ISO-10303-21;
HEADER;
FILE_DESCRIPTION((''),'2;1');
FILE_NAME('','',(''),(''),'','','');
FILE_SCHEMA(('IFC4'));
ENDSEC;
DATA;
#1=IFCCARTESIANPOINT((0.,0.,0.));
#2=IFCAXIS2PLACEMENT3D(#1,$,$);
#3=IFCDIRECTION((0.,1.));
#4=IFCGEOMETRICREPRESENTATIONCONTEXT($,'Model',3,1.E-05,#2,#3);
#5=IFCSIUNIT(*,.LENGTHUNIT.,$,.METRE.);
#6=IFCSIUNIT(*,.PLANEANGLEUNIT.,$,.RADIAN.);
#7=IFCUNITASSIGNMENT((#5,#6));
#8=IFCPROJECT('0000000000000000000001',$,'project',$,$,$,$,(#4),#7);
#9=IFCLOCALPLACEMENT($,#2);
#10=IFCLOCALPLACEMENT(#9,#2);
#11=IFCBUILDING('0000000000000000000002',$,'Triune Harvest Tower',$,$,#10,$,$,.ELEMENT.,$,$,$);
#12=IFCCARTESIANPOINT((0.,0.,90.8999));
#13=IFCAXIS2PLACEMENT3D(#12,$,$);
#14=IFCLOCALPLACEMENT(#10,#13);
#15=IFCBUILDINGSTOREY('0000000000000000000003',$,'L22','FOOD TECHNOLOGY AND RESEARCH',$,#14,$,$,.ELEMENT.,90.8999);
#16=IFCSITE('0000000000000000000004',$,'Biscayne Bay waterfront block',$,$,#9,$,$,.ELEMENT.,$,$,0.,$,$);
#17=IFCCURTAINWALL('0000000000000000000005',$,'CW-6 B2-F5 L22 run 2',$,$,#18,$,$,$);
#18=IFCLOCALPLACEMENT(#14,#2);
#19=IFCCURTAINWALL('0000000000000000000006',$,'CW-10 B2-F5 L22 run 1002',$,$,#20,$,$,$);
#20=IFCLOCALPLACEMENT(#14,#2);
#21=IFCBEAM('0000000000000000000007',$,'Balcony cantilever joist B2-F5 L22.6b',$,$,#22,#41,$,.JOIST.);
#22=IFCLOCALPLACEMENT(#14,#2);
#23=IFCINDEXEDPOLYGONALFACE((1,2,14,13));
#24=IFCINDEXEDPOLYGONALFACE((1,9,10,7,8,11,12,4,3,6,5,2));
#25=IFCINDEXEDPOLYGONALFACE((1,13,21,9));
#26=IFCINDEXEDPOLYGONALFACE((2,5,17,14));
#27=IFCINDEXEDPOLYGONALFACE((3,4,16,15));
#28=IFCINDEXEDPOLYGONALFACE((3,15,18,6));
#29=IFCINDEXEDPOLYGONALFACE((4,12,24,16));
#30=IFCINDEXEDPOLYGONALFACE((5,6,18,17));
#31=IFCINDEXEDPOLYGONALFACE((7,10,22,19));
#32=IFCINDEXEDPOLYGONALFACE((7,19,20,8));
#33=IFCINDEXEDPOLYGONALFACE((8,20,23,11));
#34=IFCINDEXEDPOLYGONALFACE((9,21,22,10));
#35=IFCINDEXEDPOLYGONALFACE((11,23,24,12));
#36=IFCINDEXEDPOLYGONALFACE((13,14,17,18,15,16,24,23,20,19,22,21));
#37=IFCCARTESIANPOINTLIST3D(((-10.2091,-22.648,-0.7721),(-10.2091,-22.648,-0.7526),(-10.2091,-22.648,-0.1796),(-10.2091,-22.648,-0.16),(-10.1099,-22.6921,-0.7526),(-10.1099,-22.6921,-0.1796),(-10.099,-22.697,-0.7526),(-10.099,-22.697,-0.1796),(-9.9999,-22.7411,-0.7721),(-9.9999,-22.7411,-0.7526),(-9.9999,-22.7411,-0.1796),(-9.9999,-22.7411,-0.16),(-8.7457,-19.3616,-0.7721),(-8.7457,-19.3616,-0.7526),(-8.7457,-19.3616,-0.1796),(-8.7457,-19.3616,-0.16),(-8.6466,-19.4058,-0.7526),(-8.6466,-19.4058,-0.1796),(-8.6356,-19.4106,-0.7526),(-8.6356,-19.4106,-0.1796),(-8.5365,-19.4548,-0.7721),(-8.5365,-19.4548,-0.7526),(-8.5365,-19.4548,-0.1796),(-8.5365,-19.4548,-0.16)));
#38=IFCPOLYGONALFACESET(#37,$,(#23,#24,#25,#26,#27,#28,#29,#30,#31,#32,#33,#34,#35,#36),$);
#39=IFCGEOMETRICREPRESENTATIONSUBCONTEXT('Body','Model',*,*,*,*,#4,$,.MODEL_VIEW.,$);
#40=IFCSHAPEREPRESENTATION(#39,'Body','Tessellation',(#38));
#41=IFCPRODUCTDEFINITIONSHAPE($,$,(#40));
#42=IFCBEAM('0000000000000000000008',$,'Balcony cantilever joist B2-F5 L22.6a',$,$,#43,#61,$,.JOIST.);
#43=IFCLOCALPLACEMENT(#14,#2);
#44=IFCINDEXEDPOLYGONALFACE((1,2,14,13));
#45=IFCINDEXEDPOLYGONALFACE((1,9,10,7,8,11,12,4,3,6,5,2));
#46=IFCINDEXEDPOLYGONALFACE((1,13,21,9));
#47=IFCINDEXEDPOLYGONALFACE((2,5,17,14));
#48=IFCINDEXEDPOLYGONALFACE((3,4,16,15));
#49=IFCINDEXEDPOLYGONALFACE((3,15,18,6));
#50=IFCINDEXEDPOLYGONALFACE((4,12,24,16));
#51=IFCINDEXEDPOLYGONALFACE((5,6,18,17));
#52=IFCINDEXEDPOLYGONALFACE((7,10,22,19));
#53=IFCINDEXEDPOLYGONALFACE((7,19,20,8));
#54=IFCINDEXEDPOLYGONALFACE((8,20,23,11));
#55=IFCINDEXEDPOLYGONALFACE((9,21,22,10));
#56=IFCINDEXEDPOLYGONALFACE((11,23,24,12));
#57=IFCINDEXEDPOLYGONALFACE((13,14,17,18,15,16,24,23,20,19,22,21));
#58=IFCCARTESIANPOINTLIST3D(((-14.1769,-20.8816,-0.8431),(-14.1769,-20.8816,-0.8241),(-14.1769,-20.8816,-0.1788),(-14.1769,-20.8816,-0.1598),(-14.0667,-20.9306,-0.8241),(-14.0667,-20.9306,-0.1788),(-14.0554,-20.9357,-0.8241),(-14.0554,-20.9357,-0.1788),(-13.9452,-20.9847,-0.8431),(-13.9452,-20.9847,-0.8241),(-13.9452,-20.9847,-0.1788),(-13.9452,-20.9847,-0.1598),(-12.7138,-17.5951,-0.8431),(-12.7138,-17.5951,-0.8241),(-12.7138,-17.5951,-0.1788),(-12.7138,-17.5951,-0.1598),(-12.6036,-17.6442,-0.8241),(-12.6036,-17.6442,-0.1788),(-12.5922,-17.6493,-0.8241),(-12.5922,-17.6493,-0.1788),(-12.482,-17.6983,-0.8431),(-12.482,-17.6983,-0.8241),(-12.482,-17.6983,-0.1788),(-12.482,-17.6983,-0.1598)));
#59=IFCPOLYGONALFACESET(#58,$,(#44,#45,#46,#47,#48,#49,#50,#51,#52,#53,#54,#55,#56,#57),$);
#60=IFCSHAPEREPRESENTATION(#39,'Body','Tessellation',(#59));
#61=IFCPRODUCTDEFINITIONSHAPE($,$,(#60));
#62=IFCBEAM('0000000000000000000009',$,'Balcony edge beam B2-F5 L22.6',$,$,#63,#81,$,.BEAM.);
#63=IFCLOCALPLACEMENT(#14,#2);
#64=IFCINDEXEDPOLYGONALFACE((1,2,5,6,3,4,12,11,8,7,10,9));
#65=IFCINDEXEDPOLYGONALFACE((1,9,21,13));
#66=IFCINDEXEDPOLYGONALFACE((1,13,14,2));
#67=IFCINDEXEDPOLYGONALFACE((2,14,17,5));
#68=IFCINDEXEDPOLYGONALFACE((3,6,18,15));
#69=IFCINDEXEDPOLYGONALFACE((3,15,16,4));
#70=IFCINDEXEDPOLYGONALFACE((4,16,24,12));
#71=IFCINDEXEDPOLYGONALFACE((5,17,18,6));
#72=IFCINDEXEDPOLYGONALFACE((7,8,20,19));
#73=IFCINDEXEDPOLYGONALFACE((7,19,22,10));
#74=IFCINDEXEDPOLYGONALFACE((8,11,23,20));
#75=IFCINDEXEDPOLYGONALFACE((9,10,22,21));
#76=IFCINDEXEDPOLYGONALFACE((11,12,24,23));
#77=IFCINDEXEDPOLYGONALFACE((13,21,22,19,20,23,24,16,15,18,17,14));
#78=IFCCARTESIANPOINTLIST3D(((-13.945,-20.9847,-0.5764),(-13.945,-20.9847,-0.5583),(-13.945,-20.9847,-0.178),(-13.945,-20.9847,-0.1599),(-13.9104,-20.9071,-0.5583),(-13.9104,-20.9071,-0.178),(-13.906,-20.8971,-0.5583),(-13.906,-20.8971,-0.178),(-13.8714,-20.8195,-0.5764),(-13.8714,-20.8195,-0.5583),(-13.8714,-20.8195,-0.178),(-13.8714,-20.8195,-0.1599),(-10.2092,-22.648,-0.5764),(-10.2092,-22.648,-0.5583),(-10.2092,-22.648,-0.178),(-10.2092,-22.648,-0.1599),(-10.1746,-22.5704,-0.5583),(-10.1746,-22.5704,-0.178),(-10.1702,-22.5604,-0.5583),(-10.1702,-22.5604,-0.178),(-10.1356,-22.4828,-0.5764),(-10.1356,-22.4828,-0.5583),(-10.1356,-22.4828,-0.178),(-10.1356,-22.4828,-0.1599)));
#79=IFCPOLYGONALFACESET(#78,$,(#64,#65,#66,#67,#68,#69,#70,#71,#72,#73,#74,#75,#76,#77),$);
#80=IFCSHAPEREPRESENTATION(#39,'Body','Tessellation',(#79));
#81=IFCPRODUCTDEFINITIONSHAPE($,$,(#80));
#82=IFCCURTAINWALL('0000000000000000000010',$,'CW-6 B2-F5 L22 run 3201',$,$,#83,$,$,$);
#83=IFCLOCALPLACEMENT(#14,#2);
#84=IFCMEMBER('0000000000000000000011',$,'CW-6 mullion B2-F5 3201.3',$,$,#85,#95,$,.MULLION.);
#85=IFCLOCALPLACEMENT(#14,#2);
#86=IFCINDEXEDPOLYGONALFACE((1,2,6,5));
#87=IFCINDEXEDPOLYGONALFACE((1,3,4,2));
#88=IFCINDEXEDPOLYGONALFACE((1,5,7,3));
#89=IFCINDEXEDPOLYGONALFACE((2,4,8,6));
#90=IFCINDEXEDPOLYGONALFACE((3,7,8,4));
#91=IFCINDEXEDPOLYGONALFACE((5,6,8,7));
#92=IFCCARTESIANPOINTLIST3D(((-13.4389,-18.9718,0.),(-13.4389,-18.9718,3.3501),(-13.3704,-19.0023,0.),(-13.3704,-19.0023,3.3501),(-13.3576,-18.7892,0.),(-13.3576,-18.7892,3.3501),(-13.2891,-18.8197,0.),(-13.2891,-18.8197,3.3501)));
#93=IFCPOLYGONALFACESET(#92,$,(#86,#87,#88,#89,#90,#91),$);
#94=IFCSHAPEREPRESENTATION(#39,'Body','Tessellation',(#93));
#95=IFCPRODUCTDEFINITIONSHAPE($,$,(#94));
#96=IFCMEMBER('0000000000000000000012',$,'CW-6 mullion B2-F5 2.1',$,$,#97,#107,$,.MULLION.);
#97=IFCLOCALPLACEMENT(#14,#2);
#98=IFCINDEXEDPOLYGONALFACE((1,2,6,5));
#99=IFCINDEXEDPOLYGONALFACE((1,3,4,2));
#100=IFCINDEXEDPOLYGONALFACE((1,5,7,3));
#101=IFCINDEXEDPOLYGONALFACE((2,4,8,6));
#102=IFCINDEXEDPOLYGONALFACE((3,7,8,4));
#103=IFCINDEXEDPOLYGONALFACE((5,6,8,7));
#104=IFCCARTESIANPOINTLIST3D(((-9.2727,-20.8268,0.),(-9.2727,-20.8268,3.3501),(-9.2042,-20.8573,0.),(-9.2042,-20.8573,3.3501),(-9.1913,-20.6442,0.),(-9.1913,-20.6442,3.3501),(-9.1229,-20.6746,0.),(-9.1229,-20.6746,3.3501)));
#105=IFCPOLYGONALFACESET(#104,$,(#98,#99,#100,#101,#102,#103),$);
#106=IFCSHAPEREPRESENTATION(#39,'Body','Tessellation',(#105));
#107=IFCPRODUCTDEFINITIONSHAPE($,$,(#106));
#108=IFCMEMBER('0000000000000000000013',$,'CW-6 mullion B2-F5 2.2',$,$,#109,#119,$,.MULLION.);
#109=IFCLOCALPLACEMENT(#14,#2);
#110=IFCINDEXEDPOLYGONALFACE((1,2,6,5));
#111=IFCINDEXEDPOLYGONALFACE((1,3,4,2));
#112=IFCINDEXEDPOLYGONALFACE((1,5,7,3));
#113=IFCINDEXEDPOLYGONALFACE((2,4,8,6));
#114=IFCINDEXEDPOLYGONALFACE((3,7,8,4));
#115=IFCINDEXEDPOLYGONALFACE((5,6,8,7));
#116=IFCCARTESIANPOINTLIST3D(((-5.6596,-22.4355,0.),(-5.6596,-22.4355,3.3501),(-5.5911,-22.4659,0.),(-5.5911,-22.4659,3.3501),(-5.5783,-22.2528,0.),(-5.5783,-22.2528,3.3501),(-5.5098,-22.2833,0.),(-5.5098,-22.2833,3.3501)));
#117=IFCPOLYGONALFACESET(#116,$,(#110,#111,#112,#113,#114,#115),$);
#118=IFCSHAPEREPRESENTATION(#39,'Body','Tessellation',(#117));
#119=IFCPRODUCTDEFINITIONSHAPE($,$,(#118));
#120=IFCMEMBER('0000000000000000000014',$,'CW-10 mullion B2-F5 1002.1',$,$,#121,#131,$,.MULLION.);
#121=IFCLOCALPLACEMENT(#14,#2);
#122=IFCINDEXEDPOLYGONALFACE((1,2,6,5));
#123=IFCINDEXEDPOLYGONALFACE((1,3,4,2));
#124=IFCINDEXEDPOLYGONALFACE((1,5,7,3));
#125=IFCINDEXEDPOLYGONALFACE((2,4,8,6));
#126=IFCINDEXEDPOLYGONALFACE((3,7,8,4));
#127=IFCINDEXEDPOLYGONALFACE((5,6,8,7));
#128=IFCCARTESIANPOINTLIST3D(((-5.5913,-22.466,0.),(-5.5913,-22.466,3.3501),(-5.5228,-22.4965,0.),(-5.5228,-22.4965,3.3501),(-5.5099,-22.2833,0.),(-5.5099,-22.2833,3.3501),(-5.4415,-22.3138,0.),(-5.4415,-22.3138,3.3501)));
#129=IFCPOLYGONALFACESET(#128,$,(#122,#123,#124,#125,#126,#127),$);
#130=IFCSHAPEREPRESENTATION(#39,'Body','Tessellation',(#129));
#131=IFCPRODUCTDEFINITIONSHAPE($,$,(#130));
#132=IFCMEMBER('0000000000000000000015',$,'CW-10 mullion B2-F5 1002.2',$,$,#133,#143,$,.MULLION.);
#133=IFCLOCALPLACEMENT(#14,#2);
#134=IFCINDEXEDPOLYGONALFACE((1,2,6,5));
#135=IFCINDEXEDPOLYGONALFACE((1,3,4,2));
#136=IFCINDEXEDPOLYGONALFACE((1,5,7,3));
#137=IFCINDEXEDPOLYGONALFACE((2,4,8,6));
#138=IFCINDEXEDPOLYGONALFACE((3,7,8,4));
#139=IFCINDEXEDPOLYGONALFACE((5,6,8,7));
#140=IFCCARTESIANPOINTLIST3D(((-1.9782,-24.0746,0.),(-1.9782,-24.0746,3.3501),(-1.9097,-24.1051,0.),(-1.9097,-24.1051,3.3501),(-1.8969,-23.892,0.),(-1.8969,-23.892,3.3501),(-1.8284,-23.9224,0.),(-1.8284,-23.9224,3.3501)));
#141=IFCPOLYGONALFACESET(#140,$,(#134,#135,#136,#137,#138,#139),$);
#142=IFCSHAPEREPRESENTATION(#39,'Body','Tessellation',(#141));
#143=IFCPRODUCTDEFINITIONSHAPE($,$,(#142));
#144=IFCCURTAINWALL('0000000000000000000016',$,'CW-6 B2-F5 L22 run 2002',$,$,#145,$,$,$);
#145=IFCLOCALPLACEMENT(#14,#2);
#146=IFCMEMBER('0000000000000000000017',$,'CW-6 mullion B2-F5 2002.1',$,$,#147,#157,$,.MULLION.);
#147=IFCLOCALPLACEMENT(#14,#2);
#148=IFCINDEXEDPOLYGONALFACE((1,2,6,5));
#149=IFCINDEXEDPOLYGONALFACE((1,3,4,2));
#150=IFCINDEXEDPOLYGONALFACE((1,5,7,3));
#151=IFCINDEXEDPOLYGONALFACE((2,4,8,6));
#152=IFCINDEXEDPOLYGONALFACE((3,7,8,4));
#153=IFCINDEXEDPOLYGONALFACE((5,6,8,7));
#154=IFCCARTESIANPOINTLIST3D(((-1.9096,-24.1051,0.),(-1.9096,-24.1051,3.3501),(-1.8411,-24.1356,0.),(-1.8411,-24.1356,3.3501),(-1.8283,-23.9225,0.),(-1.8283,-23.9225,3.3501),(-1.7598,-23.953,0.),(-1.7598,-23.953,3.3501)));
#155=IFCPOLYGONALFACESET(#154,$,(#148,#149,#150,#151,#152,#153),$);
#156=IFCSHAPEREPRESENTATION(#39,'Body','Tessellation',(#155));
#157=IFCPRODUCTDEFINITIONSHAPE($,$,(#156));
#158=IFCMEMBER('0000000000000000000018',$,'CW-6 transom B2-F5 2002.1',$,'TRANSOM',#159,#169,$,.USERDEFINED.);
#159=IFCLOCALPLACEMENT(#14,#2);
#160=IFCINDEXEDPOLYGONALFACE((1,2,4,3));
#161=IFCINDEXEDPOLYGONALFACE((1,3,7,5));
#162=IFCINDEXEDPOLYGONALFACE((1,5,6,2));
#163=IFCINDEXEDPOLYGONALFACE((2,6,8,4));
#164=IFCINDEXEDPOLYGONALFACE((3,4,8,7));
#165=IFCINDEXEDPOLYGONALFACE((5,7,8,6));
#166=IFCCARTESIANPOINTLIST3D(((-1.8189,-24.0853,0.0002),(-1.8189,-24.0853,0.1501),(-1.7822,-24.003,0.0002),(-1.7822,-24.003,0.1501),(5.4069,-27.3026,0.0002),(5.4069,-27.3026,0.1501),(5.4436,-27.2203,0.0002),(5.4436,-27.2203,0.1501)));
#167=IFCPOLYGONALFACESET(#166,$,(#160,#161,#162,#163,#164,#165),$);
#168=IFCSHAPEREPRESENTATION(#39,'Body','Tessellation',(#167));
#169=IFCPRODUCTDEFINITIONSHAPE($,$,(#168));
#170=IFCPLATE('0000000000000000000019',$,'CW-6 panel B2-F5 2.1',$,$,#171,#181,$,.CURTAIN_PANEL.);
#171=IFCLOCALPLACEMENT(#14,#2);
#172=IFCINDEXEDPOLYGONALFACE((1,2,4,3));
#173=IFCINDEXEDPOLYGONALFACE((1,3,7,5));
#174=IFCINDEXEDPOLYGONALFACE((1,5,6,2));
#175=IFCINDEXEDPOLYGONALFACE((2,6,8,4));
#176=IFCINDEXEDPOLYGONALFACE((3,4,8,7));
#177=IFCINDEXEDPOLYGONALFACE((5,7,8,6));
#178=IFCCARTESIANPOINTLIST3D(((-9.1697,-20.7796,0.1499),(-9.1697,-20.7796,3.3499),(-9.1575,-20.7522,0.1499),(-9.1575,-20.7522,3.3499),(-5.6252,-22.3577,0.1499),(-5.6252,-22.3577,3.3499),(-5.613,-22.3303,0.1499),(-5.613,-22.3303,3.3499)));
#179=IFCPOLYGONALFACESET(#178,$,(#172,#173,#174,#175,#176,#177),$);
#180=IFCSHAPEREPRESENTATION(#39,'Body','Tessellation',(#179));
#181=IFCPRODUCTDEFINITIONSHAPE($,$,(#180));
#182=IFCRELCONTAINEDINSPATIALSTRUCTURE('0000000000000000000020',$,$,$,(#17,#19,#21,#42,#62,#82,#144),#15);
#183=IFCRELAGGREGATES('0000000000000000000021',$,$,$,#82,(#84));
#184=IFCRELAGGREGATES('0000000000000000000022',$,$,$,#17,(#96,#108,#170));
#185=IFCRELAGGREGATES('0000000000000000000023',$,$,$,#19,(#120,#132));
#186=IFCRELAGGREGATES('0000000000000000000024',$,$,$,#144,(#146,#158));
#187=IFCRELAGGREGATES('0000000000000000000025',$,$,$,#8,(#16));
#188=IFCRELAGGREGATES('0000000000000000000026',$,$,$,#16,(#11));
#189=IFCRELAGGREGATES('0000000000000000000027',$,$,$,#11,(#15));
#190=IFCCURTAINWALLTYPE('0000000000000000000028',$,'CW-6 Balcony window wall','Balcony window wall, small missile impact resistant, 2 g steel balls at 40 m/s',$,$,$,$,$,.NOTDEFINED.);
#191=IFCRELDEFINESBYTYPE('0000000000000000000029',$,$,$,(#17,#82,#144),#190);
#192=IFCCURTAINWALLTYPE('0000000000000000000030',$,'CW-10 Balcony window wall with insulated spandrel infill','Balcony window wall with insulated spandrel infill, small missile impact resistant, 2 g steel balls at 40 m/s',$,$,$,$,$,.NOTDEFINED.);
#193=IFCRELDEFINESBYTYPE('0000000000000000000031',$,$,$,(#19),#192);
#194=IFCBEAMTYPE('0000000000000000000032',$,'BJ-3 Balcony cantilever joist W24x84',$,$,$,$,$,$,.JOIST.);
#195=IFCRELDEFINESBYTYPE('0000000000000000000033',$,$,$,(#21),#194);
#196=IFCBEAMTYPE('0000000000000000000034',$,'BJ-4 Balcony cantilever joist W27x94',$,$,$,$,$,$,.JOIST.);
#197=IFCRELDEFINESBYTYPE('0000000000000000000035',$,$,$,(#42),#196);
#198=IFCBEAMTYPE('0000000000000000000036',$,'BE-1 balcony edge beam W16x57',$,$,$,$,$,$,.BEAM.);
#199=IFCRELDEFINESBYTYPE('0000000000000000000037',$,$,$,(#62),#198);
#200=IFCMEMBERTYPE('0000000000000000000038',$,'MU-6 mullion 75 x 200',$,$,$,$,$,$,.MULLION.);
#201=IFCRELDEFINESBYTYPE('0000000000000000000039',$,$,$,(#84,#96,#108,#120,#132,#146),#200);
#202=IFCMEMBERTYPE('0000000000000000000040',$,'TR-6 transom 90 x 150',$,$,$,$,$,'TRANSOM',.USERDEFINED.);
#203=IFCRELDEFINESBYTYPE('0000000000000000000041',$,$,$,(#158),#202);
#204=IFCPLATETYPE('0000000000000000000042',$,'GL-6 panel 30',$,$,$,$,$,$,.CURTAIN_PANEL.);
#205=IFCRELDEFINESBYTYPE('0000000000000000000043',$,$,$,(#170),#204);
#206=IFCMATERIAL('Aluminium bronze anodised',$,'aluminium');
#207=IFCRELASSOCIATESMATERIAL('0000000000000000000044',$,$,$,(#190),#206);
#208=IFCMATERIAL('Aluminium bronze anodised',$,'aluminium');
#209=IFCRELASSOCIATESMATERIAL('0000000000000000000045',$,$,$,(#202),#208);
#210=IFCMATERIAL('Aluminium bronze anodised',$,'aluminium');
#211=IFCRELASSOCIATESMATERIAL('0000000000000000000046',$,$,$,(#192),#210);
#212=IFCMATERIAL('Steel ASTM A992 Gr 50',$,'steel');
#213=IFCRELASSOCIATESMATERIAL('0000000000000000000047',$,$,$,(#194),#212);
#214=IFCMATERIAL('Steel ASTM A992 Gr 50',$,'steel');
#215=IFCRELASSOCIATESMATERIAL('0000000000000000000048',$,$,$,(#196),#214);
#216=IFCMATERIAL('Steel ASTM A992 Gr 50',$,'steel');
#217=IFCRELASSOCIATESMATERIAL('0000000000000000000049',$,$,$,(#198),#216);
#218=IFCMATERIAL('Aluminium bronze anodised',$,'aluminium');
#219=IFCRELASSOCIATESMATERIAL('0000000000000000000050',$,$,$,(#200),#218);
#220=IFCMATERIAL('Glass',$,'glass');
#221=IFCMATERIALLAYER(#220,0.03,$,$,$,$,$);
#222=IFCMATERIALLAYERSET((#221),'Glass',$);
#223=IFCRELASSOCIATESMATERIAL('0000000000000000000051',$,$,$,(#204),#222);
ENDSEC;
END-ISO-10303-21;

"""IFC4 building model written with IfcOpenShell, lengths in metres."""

from ifc_helpers import new_model, si_unit, direction, frame, origin, origin_2d, place, context, subcontext, project, spatial, rectangle, i_section, extrude, source, transform, mapped, material, layer, layer_set, material_profile, profile_set, type_object, element, aggregate, save


model = new_model("IFC4")

# Units and contexts
model_context = context("Model", 3, precision=1e-05, world=origin(), true_north=direction((0.0, 1.0)))
body_context = subcontext(model_context, "Body", "Model", "MODEL_VIEW")
ifc_project = project(units=[si_unit("LENGTHUNIT", "METRE"), si_unit("PLANEANGLEUNIT", "RADIAN")], contexts=[model_context])

# Site, building, storey
site_placement = place(None, origin())
site = spatial("IfcSite", under=ifc_project, at=site_placement, Name="Biscayne Bay waterfront block", CompositionType="ELEMENT", RefElevation=0.0)
building_placement = place(site_placement, origin())
building = spatial("IfcBuilding", under=site, at=building_placement, Name="Triune Harvest Tower", CompositionType="ELEMENT")
storey_placement = place(building_placement, frame((0.0, 0.0, 90.8999)))
storey = spatial("IfcBuildingStorey", under=building, at=storey_placement, Name="L22", Description="FOOD TECHNOLOGY AND RESEARCH", CompositionType="ELEMENT", Elevation=90.8999)

# Curtain walls
ifc_material_1 = material(Name="Aluminium bronze anodised", Category="aluminium")
curtain_wall_type_1 = type_object("IfcCurtainWallType", Name="CW-6 Balcony window wall", Description="Balcony window wall, small missile impact resistant, 2 g steel balls at 40 m/s", PredefinedType="NOTDEFINED", material=ifc_material_1)
curtain_wall_1_placement = place(storey_placement, origin())
curtain_wall_1 = element("IfcCurtainWall", 1, at=curtain_wall_1_placement, inside=storey, type_object=curtain_wall_type_1, Name="CW-6 B2-F5 L22 run 2")
ifc_material_2 = material(Name="Aluminium bronze anodised", Category="aluminium")
ifc_material_profile_1 = material_profile(ifc_material_2, rectangle(XDim=0.0901, YDim=0.1499, at=origin_2d()), Name="TR-6 transom 90 x 150")
ifc_profile_set_1 = profile_set([ifc_material_profile_1], Name="Aluminium bronze anodised")
member_type_1 = type_object("IfcMemberType", Name="TR-6 transom 90 x 150", ElementType="TRANSOM", PredefinedType="USERDEFINED", material=ifc_profile_set_1)
ifc_material_3 = material(Name="Aluminium bronze anodised", Category="aluminium")
curtain_wall_type_2 = type_object("IfcCurtainWallType", Name="CW-10 Balcony window wall with insulated spandrel infill", Description="Balcony window wall with insulated spandrel infill, small missile impact resistant, 2 g steel balls at 40 m/s", PredefinedType="NOTDEFINED", material=ifc_material_3)
curtain_wall_2_placement = place(storey_placement, origin())
curtain_wall_2 = element("IfcCurtainWall", 2, at=curtain_wall_2_placement, inside=storey, type_object=curtain_wall_type_2, Name="CW-10 B2-F5 L22 run 1002")

# Beams
ifc_material_4 = material(Name="Steel ASTM A992 Gr 50", Category="steel")
ifc_material_profile_2 = material_profile(ifc_material_4, i_section(OverallWidth=0.229, OverallDepth=0.6121, WebThickness=0.012, FlangeThickness=0.0195, at=origin_2d()), Name="W24x84")
ifc_profile_set_2 = profile_set([ifc_material_profile_2], Name="Steel ASTM A992 Gr 50")
beam_type_1 = type_object("IfcBeamType", Name="BJ-3 Balcony cantilever joist W24x84", PredefinedType="JOIST", material=ifc_profile_set_2)
shared_shape_1 = source(origin(), body_context, "Body", "SweptSolid", [
    extrude(i_section(OverallWidth=0.229, OverallDepth=0.6121, WebThickness=0.012, FlangeThickness=0.0195, at=origin_2d()), origin(), (0.0, 0.0, 1.0), 3.5974),
])
beam_1_placement = place(storey_placement, frame((-8.6411, -19.4082, -0.4661), z_axis=(-0.406781, -0.913526, 0.0), x_axis=(0.913526, -0.406781, 0.0)))
element("IfcBeam", 3, at=beam_1_placement, inside=storey, type_object=beam_type_1, Name="Balcony cantilever joist B2-F5 L22.6b", PredefinedType="JOIST", context=body_context, shape_type="MappedRepresentation", body=[
    mapped(shared_shape_1, transform((0.0, 0.0, 0.0), scale=1.0)),
])
ifc_material_5 = material(Name="Steel ASTM A992 Gr 50", Category="steel")
ifc_material_profile_3 = material_profile(ifc_material_5, i_section(OverallWidth=0.2537, OverallDepth=0.6833, WebThickness=0.0125, FlangeThickness=0.019, at=origin_2d()), Name="W27x94")
ifc_profile_set_3 = profile_set([ifc_material_profile_3], Name="Steel ASTM A992 Gr 50")
beam_type_2 = type_object("IfcBeamType", Name="BJ-4 Balcony cantilever joist W27x94", PredefinedType="JOIST", material=ifc_profile_set_3)
shared_shape_2 = source(origin(), body_context, "Body", "SweptSolid", [
    extrude(i_section(OverallWidth=0.2537, OverallDepth=0.6833, WebThickness=0.0125, FlangeThickness=0.019, at=origin_2d()), origin(), (0.0, 0.0, 1.0), 3.5974),
])
beam_2_placement = place(storey_placement, frame((-12.5979, -17.6467, -0.5015), z_axis=(-0.406724, -0.913551, 0.0), x_axis=(0.913551, -0.406724, 0.0)))
element("IfcBeam", 4, at=beam_2_placement, inside=storey, type_object=beam_type_2, Name="Balcony cantilever joist B2-F5 L22.6a", PredefinedType="JOIST", context=body_context, shape_type="MappedRepresentation", body=[
    mapped(shared_shape_2, transform((0.0, 0.0, 0.0), scale=1.0)),
])
ifc_material_6 = material(Name="Steel ASTM A992 Gr 50", Category="steel")
ifc_material_profile_4 = material_profile(ifc_material_6, i_section(OverallWidth=0.1809, OverallDepth=0.4165, WebThickness=0.011, FlangeThickness=0.0181, at=origin_2d()), Name="W16x57")
ifc_profile_set_4 = profile_set([ifc_material_profile_4], Name="Steel ASTM A992 Gr 50")
beam_type_3 = type_object("IfcBeamType", Name="BE-1 balcony edge beam W16x57", PredefinedType="BEAM", material=ifc_profile_set_4)
shared_shape_3 = source(origin(), body_context, "Body", "SweptSolid", [
    extrude(i_section(OverallWidth=0.1809, OverallDepth=0.4165, WebThickness=0.011, FlangeThickness=0.0181, at=origin_2d()), origin(), (0.0, 0.0, 1.0), 4.0894),
])
beam_3_placement = place(storey_placement, frame((-13.9082, -20.9021, -0.3682), z_axis=(0.913543, -0.406742, 0.0), x_axis=(0.406742, 0.913543, 0.0)))
element("IfcBeam", 5, at=beam_3_placement, inside=storey, type_object=beam_type_3, Name="Balcony edge beam B2-F5 L22.6", PredefinedType="BEAM", context=body_context, shape_type="MappedRepresentation", body=[
    mapped(shared_shape_3, transform((0.0, 0.0, 0.0), scale=1.0)),
])

# Curtain wall, member
curtain_wall_3_placement = place(storey_placement, origin())
curtain_wall_3 = element("IfcCurtainWall", 6, at=curtain_wall_3_placement, inside=storey, type_object=curtain_wall_type_1, Name="CW-6 B2-F5 L22 run 3201")
ifc_material_7 = material(Name="Aluminium bronze anodised", Category="aluminium")
ifc_material_profile_5 = material_profile(ifc_material_7, rectangle(XDim=0.2, YDim=0.075, at=origin_2d()), Name="MU-6 mullion 75 x 200")
ifc_profile_set_5 = profile_set([ifc_material_profile_5], Name="Aluminium bronze anodised")
member_type_2 = type_object("IfcMemberType", Name="MU-6 mullion 75 x 200", PredefinedType="MULLION", material=ifc_profile_set_5)
shared_shape_4 = source(origin(), body_context, "Body", "SweptSolid", [
    extrude(rectangle(XDim=0.2, YDim=0.075, at=origin_2d()), origin(), (0.0, 0.0, 1.0), 3.3501),
])
member_1_placement = place(storey_placement, frame((-13.364, -18.8958, 0.0), z_axis=(0.0, 0.0, 1.0), x_axis=(0.406739, 0.913544, 0.0)))
member_1 = element("IfcMember", 7, at=member_1_placement, type_object=member_type_2, Name="CW-6 mullion B2-F5 3201.3", PredefinedType="MULLION", context=body_context, shape_type="MappedRepresentation", body=[
    mapped(shared_shape_4, transform((0.0, 0.0, 0.0), scale=1.0)),
])
aggregate(curtain_wall_3, [member_1])

# Members
member_2_placement = place(storey_placement, frame((-9.1978, -20.7507, 0.0), z_axis=(0.0, 0.0, 1.0), x_axis=(0.406735, 0.913546, 0.0)))
member_2 = element("IfcMember", 8, at=member_2_placement, type_object=member_type_2, Name="CW-6 mullion B2-F5 2.1", PredefinedType="MULLION", context=body_context, shape_type="MappedRepresentation", body=[
    mapped(shared_shape_4, transform((0.0, 0.0, 0.0), scale=1.0)),
])
member_3_placement = place(storey_placement, frame((-5.5847, -22.3594, 0.0), z_axis=(0.0, 0.0, 1.0), x_axis=(0.406735, 0.913546, 0.0)))
member_3 = element("IfcMember", 9, at=member_3_placement, type_object=member_type_2, Name="CW-6 mullion B2-F5 2.2", PredefinedType="MULLION", context=body_context, shape_type="MappedRepresentation", body=[
    mapped(shared_shape_4, transform((0.0, 0.0, 0.0), scale=1.0)),
])
member_4_placement = place(storey_placement, frame((-5.5164, -22.3899, 0.0), z_axis=(0.0, 0.0, 1.0), x_axis=(0.406735, 0.913546, 0.0)))
member_4 = element("IfcMember", 10, at=member_4_placement, type_object=member_type_2, Name="CW-10 mullion B2-F5 1002.1", PredefinedType="MULLION", context=body_context, shape_type="MappedRepresentation", body=[
    mapped(shared_shape_4, transform((0.0, 0.0, 0.0), scale=1.0)),
])
member_5_placement = place(storey_placement, frame((-1.9033, -23.9985, 0.0), z_axis=(0.0, 0.0, 1.0), x_axis=(0.406735, 0.913546, 0.0)))
member_5 = element("IfcMember", 11, at=member_5_placement, type_object=member_type_2, Name="CW-10 mullion B2-F5 1002.2", PredefinedType="MULLION", context=body_context, shape_type="MappedRepresentation", body=[
    mapped(shared_shape_4, transform((0.0, 0.0, 0.0), scale=1.0)),
])

# Curtain wall, members
curtain_wall_4_placement = place(storey_placement, origin())
curtain_wall_4 = element("IfcCurtainWall", 12, at=curtain_wall_4_placement, inside=storey, type_object=curtain_wall_type_1, Name="CW-6 B2-F5 L22 run 2002")
member_6_placement = place(storey_placement, frame((-1.8347, -24.0291, 0.0), z_axis=(0.0, 0.0, 1.0), x_axis=(0.406739, 0.913544, 0.0)))
member_6 = element("IfcMember", 13, at=member_6_placement, type_object=member_type_2, Name="CW-6 mullion B2-F5 2002.1", PredefinedType="MULLION", context=body_context, shape_type="MappedRepresentation", body=[
    mapped(shared_shape_4, transform((0.0, 0.0, 0.0), scale=1.0)),
])
shared_shape_5 = source(origin(), body_context, "Body", "SweptSolid", [
    extrude(rectangle(XDim=0.0901, YDim=0.1499, at=origin_2d()), origin(), (0.0, 0.0, 1.0), 7.9097),
])
member_7_placement = place(storey_placement, frame((-1.8005, -24.0442, 0.0752), z_axis=(0.913539, -0.406751, 0.0), x_axis=(0.406751, 0.913539, 0.0)))
member_7 = element("IfcMember", 14, at=member_7_placement, type_object=member_type_1, Name="CW-6 transom B2-F5 2002.1", ObjectType="TRANSOM", PredefinedType="USERDEFINED", context=body_context, shape_type="MappedRepresentation", body=[
    mapped(shared_shape_5, transform((0.0, 0.0, 0.0), scale=1.0)),
])

# Plate
ifc_material_8 = material(Name="Glass", Category="glass")
ifc_layer_1 = layer(ifc_material_8, 0.03)
ifc_layer_set_1 = layer_set([ifc_layer_1], Name="Glass")
plate_type_1 = type_object("IfcPlateType", Name="GL-6 panel 30", PredefinedType="CURTAIN_PANEL", material=ifc_layer_set_1)
plate_1_placement = place(storey_placement, frame((-7.3914, -21.5549, 0.1499), z_axis=(0.0, 0.0, 1.0), x_axis=(0.913546, -0.406735, 0.0)))
plate_1 = element("IfcPlate", 15, at=plate_1_placement, type_object=plate_type_1, Name="CW-6 panel B2-F5 2.1", PredefinedType="CURTAIN_PANEL", context=body_context, shape_type="SweptSolid", body=[
    extrude(rectangle(XDim=3.8799, YDim=0.03, at=origin_2d()), origin(), (0.0, 0.0, 1.0), 3.2),
])
aggregate(curtain_wall_1, [member_2, member_3, plate_1])
aggregate(curtain_wall_2, [member_4, member_5])
aggregate(curtain_wall_4, [member_6, member_7])

save(model, "model.ifc")
